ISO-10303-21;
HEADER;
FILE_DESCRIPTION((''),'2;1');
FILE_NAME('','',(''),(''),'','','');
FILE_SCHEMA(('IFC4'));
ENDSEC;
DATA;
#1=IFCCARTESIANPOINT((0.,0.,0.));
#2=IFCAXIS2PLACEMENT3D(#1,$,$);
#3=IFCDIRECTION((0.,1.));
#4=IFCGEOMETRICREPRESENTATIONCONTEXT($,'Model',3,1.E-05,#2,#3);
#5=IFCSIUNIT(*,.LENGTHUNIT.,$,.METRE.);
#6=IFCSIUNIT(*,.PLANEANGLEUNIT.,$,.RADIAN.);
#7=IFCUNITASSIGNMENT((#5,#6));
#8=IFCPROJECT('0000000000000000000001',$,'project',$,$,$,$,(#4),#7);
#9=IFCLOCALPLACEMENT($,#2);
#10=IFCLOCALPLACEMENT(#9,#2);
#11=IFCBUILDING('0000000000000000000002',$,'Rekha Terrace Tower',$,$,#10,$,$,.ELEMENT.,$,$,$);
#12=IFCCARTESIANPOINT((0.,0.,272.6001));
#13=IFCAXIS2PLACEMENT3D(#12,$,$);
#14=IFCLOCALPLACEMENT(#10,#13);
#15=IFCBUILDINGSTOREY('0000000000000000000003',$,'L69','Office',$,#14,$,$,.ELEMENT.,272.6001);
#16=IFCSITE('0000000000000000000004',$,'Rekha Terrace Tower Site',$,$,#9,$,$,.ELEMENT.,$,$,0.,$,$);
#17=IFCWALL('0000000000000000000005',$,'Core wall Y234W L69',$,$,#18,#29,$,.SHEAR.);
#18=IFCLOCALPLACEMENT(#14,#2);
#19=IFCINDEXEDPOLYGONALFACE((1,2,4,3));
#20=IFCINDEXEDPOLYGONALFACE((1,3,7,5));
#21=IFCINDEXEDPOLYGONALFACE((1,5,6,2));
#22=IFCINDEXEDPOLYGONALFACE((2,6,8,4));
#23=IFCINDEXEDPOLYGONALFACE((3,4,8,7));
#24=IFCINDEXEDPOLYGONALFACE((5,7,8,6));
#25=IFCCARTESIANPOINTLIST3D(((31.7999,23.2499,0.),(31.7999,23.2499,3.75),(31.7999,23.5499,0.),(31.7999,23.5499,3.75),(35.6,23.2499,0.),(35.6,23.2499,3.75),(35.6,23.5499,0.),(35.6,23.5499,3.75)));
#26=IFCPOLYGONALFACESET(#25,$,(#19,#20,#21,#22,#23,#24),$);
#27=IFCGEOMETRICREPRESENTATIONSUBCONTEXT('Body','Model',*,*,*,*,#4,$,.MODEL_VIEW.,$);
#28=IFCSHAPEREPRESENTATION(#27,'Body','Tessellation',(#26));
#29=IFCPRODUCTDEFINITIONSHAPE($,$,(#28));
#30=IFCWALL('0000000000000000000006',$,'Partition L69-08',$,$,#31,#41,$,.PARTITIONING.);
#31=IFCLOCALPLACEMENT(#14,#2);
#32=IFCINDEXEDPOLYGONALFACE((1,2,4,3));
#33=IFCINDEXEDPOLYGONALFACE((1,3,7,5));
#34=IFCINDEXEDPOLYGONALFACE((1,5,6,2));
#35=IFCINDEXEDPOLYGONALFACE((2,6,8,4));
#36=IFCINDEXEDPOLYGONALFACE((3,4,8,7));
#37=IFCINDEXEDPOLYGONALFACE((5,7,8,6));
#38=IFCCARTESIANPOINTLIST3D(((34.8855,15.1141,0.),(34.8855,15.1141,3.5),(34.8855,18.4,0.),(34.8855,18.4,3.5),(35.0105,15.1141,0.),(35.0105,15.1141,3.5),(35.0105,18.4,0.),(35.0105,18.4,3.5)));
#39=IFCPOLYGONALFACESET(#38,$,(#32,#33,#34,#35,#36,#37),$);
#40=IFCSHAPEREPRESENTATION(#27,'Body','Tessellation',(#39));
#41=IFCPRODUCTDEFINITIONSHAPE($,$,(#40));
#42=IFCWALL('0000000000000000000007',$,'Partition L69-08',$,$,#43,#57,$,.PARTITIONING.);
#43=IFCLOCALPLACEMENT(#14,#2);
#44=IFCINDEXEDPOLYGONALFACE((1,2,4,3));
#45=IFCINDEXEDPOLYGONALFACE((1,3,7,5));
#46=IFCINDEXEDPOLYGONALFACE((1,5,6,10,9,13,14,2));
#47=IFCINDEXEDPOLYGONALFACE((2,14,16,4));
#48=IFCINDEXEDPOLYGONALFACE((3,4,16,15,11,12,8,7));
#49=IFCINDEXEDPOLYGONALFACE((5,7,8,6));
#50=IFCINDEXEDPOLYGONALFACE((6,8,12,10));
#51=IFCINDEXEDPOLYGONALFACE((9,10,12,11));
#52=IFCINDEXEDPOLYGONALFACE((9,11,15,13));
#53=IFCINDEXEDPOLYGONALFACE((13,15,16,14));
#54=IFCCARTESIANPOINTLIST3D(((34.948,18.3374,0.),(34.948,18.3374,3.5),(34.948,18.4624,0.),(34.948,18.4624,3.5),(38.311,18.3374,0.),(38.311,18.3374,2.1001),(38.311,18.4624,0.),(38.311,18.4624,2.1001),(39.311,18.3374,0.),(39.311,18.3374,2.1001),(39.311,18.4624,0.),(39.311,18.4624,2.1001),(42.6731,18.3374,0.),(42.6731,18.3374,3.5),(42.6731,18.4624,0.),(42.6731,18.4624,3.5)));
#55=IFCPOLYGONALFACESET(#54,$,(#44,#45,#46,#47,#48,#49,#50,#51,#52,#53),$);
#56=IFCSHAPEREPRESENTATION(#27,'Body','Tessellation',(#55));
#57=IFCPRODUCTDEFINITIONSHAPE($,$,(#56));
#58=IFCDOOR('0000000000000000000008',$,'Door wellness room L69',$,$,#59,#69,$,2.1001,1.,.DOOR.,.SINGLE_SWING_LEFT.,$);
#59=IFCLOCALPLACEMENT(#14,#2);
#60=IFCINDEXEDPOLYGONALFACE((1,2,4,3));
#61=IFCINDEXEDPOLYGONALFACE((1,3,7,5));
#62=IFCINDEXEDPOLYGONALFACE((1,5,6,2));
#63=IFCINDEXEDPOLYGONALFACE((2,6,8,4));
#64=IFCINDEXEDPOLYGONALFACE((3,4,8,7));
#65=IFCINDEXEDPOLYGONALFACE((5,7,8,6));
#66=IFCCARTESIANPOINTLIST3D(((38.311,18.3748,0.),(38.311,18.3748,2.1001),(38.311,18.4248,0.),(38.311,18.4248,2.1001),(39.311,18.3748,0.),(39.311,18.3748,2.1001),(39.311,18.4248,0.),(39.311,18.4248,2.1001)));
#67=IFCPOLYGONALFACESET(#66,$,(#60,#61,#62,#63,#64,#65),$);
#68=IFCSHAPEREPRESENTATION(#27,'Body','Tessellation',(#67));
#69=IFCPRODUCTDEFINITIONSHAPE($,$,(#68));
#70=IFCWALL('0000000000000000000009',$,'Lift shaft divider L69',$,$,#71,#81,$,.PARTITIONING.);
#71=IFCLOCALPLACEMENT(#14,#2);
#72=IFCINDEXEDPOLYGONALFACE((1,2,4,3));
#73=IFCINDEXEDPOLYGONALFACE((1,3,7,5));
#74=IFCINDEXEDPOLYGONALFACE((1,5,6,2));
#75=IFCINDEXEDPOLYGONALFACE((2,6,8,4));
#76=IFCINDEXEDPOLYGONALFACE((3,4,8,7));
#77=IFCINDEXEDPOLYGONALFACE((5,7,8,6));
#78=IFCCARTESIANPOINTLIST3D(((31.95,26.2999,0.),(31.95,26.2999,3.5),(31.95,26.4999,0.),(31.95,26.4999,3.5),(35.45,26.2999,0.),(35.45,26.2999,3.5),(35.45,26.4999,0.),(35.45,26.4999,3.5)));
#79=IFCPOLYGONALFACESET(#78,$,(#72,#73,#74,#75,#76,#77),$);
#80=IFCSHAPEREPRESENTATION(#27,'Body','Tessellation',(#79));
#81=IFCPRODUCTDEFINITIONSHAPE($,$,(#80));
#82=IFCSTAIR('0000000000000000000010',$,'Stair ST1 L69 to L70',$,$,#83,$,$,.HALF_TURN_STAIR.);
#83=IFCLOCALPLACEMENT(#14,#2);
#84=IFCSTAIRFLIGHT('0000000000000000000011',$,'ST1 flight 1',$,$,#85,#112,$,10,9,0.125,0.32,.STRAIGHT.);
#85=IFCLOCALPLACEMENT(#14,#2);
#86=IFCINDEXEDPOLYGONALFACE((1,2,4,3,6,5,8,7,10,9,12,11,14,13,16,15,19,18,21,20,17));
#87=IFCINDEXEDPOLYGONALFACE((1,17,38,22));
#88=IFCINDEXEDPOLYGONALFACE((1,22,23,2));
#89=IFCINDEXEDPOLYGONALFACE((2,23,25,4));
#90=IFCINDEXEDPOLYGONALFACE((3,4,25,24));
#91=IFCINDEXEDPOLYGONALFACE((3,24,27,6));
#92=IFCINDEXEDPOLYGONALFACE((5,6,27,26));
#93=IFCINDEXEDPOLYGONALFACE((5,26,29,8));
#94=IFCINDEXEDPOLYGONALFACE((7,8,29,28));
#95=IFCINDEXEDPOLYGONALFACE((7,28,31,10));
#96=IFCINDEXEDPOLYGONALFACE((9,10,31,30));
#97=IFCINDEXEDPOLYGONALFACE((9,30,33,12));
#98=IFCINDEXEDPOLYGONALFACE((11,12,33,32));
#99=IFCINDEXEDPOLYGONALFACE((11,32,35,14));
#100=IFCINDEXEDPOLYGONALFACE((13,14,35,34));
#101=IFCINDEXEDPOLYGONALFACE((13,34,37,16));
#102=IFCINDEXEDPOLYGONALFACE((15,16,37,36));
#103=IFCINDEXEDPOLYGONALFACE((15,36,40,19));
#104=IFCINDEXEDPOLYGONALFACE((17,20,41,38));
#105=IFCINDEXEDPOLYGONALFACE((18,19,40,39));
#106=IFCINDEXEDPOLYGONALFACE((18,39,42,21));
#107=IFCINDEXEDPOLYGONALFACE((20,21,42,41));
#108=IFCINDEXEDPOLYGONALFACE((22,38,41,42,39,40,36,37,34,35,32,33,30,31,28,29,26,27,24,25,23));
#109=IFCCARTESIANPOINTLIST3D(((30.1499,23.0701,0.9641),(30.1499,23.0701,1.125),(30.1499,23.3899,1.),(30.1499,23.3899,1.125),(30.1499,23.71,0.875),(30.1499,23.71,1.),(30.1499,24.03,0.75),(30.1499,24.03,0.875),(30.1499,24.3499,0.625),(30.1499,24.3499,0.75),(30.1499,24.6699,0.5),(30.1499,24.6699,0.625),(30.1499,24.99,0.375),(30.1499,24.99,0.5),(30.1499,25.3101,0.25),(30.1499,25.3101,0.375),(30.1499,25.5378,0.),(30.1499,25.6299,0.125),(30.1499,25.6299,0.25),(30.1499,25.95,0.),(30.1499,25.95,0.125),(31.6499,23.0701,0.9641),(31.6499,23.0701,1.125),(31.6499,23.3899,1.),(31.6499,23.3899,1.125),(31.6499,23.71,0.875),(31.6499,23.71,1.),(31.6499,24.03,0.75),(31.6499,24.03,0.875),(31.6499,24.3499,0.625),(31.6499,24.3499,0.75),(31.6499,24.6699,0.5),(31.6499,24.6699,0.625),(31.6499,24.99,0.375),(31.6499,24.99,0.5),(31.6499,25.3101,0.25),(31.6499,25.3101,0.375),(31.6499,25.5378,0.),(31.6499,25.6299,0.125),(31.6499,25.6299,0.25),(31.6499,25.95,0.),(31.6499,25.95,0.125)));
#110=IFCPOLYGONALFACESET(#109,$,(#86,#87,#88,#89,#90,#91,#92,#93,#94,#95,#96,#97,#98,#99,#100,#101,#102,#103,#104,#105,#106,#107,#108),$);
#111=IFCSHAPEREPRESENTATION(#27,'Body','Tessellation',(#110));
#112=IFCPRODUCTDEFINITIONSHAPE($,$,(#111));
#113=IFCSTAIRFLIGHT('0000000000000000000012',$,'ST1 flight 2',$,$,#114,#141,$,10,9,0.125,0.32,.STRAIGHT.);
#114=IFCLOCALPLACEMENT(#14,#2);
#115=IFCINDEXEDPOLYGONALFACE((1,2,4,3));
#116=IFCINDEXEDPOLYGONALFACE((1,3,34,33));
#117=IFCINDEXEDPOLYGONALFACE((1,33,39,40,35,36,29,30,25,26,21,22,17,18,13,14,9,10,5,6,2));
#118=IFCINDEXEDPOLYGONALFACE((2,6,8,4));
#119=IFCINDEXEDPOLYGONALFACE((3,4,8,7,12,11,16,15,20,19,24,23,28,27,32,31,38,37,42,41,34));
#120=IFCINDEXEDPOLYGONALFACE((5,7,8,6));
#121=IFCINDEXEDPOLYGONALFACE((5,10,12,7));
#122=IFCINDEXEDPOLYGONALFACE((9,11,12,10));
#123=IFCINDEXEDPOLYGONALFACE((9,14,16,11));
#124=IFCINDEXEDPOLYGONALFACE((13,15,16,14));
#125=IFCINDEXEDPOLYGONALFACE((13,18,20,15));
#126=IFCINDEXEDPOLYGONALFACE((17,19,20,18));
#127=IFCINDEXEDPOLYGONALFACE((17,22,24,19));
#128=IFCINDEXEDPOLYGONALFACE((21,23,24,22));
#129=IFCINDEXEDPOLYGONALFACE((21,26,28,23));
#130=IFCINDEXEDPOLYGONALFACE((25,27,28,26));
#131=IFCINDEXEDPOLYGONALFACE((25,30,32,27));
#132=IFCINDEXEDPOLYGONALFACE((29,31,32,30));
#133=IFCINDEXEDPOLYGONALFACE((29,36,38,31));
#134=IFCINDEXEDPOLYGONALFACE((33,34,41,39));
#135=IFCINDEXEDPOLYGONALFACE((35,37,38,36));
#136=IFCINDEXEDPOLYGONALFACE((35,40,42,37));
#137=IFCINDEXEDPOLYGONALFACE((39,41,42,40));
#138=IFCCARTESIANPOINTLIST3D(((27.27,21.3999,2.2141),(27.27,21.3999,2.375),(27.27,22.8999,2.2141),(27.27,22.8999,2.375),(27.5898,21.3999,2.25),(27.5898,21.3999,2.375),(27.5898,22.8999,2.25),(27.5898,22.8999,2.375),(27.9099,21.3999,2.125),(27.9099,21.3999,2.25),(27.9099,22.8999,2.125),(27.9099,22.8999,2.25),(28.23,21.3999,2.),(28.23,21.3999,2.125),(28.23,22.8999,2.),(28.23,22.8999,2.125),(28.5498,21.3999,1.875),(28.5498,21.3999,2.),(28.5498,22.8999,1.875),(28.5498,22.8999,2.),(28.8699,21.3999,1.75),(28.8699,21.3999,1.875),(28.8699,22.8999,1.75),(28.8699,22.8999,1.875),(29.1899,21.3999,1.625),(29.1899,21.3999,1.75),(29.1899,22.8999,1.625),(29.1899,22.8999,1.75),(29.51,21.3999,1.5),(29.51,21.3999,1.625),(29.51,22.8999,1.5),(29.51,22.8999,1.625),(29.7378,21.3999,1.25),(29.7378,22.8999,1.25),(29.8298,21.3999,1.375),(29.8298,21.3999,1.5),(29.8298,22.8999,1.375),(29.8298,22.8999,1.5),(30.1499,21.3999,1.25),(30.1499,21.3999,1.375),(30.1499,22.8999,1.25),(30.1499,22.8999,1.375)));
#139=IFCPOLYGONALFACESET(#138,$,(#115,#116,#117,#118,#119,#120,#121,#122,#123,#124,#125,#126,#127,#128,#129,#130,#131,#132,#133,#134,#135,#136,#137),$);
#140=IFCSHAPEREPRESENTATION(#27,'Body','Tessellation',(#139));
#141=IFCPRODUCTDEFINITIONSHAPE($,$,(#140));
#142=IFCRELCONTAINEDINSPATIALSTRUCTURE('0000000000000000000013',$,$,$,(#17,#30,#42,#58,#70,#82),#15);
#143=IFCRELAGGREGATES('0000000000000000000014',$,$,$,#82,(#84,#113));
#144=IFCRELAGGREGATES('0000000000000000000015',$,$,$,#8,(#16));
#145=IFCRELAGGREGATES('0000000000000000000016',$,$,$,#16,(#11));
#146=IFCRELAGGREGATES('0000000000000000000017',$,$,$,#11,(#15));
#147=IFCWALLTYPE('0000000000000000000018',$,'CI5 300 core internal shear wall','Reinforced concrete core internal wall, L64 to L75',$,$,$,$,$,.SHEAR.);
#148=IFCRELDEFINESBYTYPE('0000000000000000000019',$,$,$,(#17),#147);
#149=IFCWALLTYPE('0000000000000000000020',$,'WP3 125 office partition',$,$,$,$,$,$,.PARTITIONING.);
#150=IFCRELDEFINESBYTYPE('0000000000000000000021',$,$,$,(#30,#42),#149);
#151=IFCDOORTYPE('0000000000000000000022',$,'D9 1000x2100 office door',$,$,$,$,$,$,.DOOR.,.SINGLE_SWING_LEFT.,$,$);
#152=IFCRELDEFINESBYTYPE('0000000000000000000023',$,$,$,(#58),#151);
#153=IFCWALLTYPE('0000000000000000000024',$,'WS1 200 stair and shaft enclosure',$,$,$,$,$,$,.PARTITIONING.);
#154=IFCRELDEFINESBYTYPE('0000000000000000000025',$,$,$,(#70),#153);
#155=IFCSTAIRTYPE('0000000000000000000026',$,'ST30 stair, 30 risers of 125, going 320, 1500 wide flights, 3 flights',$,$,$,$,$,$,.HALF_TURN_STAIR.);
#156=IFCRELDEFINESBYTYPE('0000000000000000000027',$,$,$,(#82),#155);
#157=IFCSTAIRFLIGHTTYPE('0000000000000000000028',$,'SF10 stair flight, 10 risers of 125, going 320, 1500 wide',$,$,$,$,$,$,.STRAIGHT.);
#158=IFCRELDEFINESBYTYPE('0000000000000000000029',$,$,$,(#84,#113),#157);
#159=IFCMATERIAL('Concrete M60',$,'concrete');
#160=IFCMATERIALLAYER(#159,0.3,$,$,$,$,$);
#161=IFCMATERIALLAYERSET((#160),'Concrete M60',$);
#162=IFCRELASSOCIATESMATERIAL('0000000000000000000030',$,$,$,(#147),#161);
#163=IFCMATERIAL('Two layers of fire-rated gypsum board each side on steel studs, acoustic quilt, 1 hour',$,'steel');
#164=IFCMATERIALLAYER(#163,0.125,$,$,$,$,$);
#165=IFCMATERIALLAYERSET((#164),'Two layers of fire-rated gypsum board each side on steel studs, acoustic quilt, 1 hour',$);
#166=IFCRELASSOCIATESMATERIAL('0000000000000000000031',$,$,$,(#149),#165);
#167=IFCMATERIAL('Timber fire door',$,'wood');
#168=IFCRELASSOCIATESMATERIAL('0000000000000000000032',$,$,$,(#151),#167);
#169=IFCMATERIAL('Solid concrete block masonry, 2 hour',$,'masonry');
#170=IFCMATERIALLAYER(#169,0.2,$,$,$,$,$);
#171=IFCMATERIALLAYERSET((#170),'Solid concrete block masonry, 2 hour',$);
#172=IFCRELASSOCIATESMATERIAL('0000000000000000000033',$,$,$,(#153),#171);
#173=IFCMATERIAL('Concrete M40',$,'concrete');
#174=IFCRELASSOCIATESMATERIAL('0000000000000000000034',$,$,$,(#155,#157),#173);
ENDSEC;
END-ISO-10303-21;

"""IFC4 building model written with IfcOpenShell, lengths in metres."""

from ifc_helpers import new_model, si_unit, direction, frame, frame_2d, origin, place, context, subcontext, project, spatial, polyline, rectangle, outline, extrude, material, layer, layer_set, type_object, element, fill, aggregate, save


model = new_model("IFC4")

# Units and contexts
model_context = context("Model", 3, precision=1e-05, world=origin(), true_north=direction((0.0, 1.0)))
body_context = subcontext(model_context, "Body", "Model", "MODEL_VIEW")
ifc_project = project(units=[si_unit("LENGTHUNIT", "METRE"), si_unit("PLANEANGLEUNIT", "RADIAN")], contexts=[model_context])

# Site, building, storey
site_placement = place(None, origin())
site = spatial("IfcSite", under=ifc_project, at=site_placement, Name="Rekha Terrace Tower Site", CompositionType="ELEMENT", RefElevation=0.0)
building_placement = place(site_placement, origin())
building = spatial("IfcBuilding", under=site, at=building_placement, Name="Rekha Terrace Tower", CompositionType="ELEMENT")
storey_placement = place(building_placement, frame((0.0, 0.0, 272.6001)))
storey = spatial("IfcBuildingStorey", under=building, at=storey_placement, Name="L69", Description="Office", CompositionType="ELEMENT", Elevation=272.6001)

# Shared definitions
ifc_material_1 = material(Name="Concrete M60", Category="concrete")

# Walls
ifc_layer_1 = layer(ifc_material_1, 0.3)
ifc_layer_set_1 = layer_set([ifc_layer_1], Name="Concrete M60")
wall_type_1 = type_object("IfcWallType", Name="CI5 300 core internal shear wall", Description="Reinforced concrete core internal wall, L64 to L75", PredefinedType="SHEAR", material=ifc_layer_set_1)
wall_1_placement = place(storey_placement, frame((31.8, 23.3999, 0.0), z_axis=(0.0, 0.0, 1.0), x_axis=(1.0, 0.0, 0.0)))
element("IfcWall", 1, at=wall_1_placement, inside=storey, type_object=wall_type_1, Name="Core wall Y234W L69", PredefinedType="SHEAR", context=body_context, shape_type="SweptSolid", body=[
    extrude(rectangle(XDim=3.8, YDim=0.3, at=frame_2d((1.8999, 0.0))), origin(), (0.0, 0.0, 1.0), 3.75),
])
ifc_material_2 = material(Name="Two layers of fire-rated gypsum board each side on steel studs, acoustic quilt, 1 hour", Category="steel")
ifc_layer_2 = layer(ifc_material_2, 0.125)
ifc_layer_set_2 = layer_set([ifc_layer_2], Name="Two layers of fire-rated gypsum board each side on steel studs, acoustic quilt, 1 hour")
wall_type_2 = type_object("IfcWallType", Name="WP3 125 office partition", PredefinedType="PARTITIONING", material=ifc_layer_set_2)
wall_2_placement = place(storey_placement, frame((34.948, 15.114, 0.0), z_axis=(0.0, 0.0, 1.0), x_axis=(0.0, 1.0, 0.0)))
element("IfcWall", 2, at=wall_2_placement, inside=storey, type_object=wall_type_2, Name="Partition L69-08", PredefinedType="PARTITIONING", context=body_context, shape_type="SweptSolid", body=[
    extrude(rectangle(XDim=3.2859, YDim=0.125, at=frame_2d((1.6431, 0.0))), origin(), (0.0, 0.0, 1.0), 3.5),
])

# Wall, opening, door
wall_3_placement = place(storey_placement, frame((34.948, 18.3999, 0.0), z_axis=(0.0, 0.0, 1.0), x_axis=(1.0, 0.0, 0.0)))
wall_3 = element("IfcWall", 3, at=wall_3_placement, inside=storey, type_object=wall_type_2, Name="Partition L69-08", PredefinedType="PARTITIONING", context=body_context, shape_type="SweptSolid", body=[
    extrude(rectangle(XDim=7.7251, YDim=0.125, at=frame_2d((3.8625, 0.0))), origin(), (0.0, 0.0, 1.0), 3.5),
])
opening_placement = place(wall_3_placement, frame((3.363, 0.0, 0.0)))
opening = element("IfcOpeningElement", 4, at=opening_placement, cuts=wall_3, PredefinedType="OPENING", context=body_context, shape_type="SweptSolid", body=[
    extrude(rectangle(XDim=1.0, YDim=2.1001, at=frame_2d((0.5, 1.05))), frame((0.0, 0.0725, 0.0), z_axis=(0.0, -1.0, 0.0), x_axis=(1.0, 0.0, 0.0)), (0.0, 0.0, 1.0), 0.145),
])
ifc_material_3 = material(Name="Timber fire door", Category="wood")
door_type = type_object("IfcDoorType", Name="D9 1000x2100 office door", OperationType="SINGLE_SWING_LEFT", PredefinedType="DOOR", material=ifc_material_3)
door_placement = place(opening_placement, origin())
door = element("IfcDoor", 5, at=door_placement, inside=storey, type_object=door_type, Name="Door wellness room L69", OperationType="SINGLE_SWING_LEFT", OverallHeight=2.1001, OverallWidth=1.0, PredefinedType="DOOR", context=body_context, shape_type="SweptSolid", body=[
    extrude(rectangle(XDim=1.0, YDim=2.1001, at=frame_2d((0.5, 1.05))), frame((0.0, 0.0249, 0.0), z_axis=(0.0, -1.0, 0.0), x_axis=(1.0, 0.0, 0.0)), (0.0, 0.0, 1.0), 0.05),
])
fill(opening, door)

# Wall
ifc_material_4 = material(Name="Solid concrete block masonry, 2 hour", Category="masonry")
ifc_layer_3 = layer(ifc_material_4, 0.2)
ifc_layer_set_3 = layer_set([ifc_layer_3], Name="Solid concrete block masonry, 2 hour")
wall_type_3 = type_object("IfcWallType", Name="WS1 200 stair and shaft enclosure", PredefinedType="PARTITIONING", material=ifc_layer_set_3)
wall_4_placement = place(storey_placement, frame((31.95, 26.3999, 0.0), z_axis=(0.0, 0.0, 1.0), x_axis=(1.0, 0.0, 0.0)))
element("IfcWall", 6, at=wall_4_placement, inside=storey, type_object=wall_type_3, Name="Lift shaft divider L69", PredefinedType="PARTITIONING", context=body_context, shape_type="SweptSolid", body=[
    extrude(rectangle(XDim=3.5, YDim=0.2, at=frame_2d((1.75, 0.0))), origin(), (0.0, 0.0, 1.0), 3.5),
])

# Stair, stair flights
ifc_material_5 = material(Name="Concrete M40", Category="concrete")
stair_type = type_object("IfcStairType", Name="ST30 stair, 30 risers of 125, going 320, 1500 wide flights, 3 flights", PredefinedType="HALF_TURN_STAIR", material=ifc_material_5)
stair_placement = place(storey_placement, origin())
stair = element("IfcStair", 7, at=stair_placement, inside=storey, type_object=stair_type, Name="Stair ST1 L69 to L70", PredefinedType="HALF_TURN_STAIR")
stair_flight_type = type_object("IfcStairFlightType", Name="SF10 stair flight, 10 risers of 125, going 320, 1500 wide", PredefinedType="STRAIGHT", material=ifc_material_5)
stair_flight_1_placement = place(storey_placement, frame((30.8999, 25.95, 0.0), z_axis=(0.0, 0.0, 1.0), x_axis=(0.0, -1.0, 0.0)))
stair_flight_1 = element("IfcStairFlight", 8, at=stair_flight_1_placement, type_object=stair_flight_type, Name="ST1 flight 1", NumberOfRisers=10, NumberOfTreads=9, PredefinedType="STRAIGHT", RiserHeight=0.125, TreadLength=0.32, context=body_context, shape_type="SweptSolid", body=[
    extrude(outline(polyline([(0.0, 0.0), (0.0, 0.125), (0.3201, 0.125), (0.3201, 0.25), (0.6399, 0.25), (0.6399, 0.375), (0.96, 0.375), (0.96, 0.5), (1.28, 0.5), (1.28, 0.625), (1.6001, 0.625), (1.6001, 0.75), (1.9199, 0.75), (1.9199, 0.875), (2.24, 0.875), (2.24, 1.0), (2.5601, 1.0), (2.5601, 1.125), (2.8799, 1.125), (2.8799, 1.25), (2.8799, 0.9641), (0.4121, 0.0), (0.0, 0.0)])), frame((0.0, 0.75, 0.0), z_axis=(0.0, -1.0, 0.0), x_axis=(1.0, 0.0, 0.0)), (0.0, 0.0, 1.0), 1.5),
])
stair_flight_2_placement = place(storey_placement, frame((30.1499, 22.1499, 1.25), z_axis=(0.0, 0.0, 1.0), x_axis=(-1.0, 0.0, 0.0)))
stair_flight_2 = element("IfcStairFlight", 9, at=stair_flight_2_placement, type_object=stair_flight_type, Name="ST1 flight 2", NumberOfRisers=10, NumberOfTreads=9, PredefinedType="STRAIGHT", RiserHeight=0.125, TreadLength=0.32, context=body_context, shape_type="SweptSolid", body=[
    extrude(outline(polyline([(0.0, 0.0), (0.0, 0.125), (0.3201, 0.125), (0.3201, 0.25), (0.6399, 0.25), (0.6399, 0.375), (0.96, 0.375), (0.96, 0.5), (1.28, 0.5), (1.28, 0.625), (1.6001, 0.625), (1.6001, 0.75), (1.9199, 0.75), (1.9199, 0.875), (2.24, 0.875), (2.24, 1.0), (2.5601, 1.0), (2.5601, 1.125), (2.8799, 1.125), (2.8799, 1.25), (2.8799, 0.9641), (0.4121, 0.0), (0.0, 0.0)])), frame((0.0, 0.75, 0.0), z_axis=(0.0, -1.0, 0.0), x_axis=(1.0, 0.0, 0.0)), (0.0, 0.0, 1.0), 1.5),
])
aggregate(stair, [stair_flight_1, stair_flight_2])

save(model, "model.ifc")
